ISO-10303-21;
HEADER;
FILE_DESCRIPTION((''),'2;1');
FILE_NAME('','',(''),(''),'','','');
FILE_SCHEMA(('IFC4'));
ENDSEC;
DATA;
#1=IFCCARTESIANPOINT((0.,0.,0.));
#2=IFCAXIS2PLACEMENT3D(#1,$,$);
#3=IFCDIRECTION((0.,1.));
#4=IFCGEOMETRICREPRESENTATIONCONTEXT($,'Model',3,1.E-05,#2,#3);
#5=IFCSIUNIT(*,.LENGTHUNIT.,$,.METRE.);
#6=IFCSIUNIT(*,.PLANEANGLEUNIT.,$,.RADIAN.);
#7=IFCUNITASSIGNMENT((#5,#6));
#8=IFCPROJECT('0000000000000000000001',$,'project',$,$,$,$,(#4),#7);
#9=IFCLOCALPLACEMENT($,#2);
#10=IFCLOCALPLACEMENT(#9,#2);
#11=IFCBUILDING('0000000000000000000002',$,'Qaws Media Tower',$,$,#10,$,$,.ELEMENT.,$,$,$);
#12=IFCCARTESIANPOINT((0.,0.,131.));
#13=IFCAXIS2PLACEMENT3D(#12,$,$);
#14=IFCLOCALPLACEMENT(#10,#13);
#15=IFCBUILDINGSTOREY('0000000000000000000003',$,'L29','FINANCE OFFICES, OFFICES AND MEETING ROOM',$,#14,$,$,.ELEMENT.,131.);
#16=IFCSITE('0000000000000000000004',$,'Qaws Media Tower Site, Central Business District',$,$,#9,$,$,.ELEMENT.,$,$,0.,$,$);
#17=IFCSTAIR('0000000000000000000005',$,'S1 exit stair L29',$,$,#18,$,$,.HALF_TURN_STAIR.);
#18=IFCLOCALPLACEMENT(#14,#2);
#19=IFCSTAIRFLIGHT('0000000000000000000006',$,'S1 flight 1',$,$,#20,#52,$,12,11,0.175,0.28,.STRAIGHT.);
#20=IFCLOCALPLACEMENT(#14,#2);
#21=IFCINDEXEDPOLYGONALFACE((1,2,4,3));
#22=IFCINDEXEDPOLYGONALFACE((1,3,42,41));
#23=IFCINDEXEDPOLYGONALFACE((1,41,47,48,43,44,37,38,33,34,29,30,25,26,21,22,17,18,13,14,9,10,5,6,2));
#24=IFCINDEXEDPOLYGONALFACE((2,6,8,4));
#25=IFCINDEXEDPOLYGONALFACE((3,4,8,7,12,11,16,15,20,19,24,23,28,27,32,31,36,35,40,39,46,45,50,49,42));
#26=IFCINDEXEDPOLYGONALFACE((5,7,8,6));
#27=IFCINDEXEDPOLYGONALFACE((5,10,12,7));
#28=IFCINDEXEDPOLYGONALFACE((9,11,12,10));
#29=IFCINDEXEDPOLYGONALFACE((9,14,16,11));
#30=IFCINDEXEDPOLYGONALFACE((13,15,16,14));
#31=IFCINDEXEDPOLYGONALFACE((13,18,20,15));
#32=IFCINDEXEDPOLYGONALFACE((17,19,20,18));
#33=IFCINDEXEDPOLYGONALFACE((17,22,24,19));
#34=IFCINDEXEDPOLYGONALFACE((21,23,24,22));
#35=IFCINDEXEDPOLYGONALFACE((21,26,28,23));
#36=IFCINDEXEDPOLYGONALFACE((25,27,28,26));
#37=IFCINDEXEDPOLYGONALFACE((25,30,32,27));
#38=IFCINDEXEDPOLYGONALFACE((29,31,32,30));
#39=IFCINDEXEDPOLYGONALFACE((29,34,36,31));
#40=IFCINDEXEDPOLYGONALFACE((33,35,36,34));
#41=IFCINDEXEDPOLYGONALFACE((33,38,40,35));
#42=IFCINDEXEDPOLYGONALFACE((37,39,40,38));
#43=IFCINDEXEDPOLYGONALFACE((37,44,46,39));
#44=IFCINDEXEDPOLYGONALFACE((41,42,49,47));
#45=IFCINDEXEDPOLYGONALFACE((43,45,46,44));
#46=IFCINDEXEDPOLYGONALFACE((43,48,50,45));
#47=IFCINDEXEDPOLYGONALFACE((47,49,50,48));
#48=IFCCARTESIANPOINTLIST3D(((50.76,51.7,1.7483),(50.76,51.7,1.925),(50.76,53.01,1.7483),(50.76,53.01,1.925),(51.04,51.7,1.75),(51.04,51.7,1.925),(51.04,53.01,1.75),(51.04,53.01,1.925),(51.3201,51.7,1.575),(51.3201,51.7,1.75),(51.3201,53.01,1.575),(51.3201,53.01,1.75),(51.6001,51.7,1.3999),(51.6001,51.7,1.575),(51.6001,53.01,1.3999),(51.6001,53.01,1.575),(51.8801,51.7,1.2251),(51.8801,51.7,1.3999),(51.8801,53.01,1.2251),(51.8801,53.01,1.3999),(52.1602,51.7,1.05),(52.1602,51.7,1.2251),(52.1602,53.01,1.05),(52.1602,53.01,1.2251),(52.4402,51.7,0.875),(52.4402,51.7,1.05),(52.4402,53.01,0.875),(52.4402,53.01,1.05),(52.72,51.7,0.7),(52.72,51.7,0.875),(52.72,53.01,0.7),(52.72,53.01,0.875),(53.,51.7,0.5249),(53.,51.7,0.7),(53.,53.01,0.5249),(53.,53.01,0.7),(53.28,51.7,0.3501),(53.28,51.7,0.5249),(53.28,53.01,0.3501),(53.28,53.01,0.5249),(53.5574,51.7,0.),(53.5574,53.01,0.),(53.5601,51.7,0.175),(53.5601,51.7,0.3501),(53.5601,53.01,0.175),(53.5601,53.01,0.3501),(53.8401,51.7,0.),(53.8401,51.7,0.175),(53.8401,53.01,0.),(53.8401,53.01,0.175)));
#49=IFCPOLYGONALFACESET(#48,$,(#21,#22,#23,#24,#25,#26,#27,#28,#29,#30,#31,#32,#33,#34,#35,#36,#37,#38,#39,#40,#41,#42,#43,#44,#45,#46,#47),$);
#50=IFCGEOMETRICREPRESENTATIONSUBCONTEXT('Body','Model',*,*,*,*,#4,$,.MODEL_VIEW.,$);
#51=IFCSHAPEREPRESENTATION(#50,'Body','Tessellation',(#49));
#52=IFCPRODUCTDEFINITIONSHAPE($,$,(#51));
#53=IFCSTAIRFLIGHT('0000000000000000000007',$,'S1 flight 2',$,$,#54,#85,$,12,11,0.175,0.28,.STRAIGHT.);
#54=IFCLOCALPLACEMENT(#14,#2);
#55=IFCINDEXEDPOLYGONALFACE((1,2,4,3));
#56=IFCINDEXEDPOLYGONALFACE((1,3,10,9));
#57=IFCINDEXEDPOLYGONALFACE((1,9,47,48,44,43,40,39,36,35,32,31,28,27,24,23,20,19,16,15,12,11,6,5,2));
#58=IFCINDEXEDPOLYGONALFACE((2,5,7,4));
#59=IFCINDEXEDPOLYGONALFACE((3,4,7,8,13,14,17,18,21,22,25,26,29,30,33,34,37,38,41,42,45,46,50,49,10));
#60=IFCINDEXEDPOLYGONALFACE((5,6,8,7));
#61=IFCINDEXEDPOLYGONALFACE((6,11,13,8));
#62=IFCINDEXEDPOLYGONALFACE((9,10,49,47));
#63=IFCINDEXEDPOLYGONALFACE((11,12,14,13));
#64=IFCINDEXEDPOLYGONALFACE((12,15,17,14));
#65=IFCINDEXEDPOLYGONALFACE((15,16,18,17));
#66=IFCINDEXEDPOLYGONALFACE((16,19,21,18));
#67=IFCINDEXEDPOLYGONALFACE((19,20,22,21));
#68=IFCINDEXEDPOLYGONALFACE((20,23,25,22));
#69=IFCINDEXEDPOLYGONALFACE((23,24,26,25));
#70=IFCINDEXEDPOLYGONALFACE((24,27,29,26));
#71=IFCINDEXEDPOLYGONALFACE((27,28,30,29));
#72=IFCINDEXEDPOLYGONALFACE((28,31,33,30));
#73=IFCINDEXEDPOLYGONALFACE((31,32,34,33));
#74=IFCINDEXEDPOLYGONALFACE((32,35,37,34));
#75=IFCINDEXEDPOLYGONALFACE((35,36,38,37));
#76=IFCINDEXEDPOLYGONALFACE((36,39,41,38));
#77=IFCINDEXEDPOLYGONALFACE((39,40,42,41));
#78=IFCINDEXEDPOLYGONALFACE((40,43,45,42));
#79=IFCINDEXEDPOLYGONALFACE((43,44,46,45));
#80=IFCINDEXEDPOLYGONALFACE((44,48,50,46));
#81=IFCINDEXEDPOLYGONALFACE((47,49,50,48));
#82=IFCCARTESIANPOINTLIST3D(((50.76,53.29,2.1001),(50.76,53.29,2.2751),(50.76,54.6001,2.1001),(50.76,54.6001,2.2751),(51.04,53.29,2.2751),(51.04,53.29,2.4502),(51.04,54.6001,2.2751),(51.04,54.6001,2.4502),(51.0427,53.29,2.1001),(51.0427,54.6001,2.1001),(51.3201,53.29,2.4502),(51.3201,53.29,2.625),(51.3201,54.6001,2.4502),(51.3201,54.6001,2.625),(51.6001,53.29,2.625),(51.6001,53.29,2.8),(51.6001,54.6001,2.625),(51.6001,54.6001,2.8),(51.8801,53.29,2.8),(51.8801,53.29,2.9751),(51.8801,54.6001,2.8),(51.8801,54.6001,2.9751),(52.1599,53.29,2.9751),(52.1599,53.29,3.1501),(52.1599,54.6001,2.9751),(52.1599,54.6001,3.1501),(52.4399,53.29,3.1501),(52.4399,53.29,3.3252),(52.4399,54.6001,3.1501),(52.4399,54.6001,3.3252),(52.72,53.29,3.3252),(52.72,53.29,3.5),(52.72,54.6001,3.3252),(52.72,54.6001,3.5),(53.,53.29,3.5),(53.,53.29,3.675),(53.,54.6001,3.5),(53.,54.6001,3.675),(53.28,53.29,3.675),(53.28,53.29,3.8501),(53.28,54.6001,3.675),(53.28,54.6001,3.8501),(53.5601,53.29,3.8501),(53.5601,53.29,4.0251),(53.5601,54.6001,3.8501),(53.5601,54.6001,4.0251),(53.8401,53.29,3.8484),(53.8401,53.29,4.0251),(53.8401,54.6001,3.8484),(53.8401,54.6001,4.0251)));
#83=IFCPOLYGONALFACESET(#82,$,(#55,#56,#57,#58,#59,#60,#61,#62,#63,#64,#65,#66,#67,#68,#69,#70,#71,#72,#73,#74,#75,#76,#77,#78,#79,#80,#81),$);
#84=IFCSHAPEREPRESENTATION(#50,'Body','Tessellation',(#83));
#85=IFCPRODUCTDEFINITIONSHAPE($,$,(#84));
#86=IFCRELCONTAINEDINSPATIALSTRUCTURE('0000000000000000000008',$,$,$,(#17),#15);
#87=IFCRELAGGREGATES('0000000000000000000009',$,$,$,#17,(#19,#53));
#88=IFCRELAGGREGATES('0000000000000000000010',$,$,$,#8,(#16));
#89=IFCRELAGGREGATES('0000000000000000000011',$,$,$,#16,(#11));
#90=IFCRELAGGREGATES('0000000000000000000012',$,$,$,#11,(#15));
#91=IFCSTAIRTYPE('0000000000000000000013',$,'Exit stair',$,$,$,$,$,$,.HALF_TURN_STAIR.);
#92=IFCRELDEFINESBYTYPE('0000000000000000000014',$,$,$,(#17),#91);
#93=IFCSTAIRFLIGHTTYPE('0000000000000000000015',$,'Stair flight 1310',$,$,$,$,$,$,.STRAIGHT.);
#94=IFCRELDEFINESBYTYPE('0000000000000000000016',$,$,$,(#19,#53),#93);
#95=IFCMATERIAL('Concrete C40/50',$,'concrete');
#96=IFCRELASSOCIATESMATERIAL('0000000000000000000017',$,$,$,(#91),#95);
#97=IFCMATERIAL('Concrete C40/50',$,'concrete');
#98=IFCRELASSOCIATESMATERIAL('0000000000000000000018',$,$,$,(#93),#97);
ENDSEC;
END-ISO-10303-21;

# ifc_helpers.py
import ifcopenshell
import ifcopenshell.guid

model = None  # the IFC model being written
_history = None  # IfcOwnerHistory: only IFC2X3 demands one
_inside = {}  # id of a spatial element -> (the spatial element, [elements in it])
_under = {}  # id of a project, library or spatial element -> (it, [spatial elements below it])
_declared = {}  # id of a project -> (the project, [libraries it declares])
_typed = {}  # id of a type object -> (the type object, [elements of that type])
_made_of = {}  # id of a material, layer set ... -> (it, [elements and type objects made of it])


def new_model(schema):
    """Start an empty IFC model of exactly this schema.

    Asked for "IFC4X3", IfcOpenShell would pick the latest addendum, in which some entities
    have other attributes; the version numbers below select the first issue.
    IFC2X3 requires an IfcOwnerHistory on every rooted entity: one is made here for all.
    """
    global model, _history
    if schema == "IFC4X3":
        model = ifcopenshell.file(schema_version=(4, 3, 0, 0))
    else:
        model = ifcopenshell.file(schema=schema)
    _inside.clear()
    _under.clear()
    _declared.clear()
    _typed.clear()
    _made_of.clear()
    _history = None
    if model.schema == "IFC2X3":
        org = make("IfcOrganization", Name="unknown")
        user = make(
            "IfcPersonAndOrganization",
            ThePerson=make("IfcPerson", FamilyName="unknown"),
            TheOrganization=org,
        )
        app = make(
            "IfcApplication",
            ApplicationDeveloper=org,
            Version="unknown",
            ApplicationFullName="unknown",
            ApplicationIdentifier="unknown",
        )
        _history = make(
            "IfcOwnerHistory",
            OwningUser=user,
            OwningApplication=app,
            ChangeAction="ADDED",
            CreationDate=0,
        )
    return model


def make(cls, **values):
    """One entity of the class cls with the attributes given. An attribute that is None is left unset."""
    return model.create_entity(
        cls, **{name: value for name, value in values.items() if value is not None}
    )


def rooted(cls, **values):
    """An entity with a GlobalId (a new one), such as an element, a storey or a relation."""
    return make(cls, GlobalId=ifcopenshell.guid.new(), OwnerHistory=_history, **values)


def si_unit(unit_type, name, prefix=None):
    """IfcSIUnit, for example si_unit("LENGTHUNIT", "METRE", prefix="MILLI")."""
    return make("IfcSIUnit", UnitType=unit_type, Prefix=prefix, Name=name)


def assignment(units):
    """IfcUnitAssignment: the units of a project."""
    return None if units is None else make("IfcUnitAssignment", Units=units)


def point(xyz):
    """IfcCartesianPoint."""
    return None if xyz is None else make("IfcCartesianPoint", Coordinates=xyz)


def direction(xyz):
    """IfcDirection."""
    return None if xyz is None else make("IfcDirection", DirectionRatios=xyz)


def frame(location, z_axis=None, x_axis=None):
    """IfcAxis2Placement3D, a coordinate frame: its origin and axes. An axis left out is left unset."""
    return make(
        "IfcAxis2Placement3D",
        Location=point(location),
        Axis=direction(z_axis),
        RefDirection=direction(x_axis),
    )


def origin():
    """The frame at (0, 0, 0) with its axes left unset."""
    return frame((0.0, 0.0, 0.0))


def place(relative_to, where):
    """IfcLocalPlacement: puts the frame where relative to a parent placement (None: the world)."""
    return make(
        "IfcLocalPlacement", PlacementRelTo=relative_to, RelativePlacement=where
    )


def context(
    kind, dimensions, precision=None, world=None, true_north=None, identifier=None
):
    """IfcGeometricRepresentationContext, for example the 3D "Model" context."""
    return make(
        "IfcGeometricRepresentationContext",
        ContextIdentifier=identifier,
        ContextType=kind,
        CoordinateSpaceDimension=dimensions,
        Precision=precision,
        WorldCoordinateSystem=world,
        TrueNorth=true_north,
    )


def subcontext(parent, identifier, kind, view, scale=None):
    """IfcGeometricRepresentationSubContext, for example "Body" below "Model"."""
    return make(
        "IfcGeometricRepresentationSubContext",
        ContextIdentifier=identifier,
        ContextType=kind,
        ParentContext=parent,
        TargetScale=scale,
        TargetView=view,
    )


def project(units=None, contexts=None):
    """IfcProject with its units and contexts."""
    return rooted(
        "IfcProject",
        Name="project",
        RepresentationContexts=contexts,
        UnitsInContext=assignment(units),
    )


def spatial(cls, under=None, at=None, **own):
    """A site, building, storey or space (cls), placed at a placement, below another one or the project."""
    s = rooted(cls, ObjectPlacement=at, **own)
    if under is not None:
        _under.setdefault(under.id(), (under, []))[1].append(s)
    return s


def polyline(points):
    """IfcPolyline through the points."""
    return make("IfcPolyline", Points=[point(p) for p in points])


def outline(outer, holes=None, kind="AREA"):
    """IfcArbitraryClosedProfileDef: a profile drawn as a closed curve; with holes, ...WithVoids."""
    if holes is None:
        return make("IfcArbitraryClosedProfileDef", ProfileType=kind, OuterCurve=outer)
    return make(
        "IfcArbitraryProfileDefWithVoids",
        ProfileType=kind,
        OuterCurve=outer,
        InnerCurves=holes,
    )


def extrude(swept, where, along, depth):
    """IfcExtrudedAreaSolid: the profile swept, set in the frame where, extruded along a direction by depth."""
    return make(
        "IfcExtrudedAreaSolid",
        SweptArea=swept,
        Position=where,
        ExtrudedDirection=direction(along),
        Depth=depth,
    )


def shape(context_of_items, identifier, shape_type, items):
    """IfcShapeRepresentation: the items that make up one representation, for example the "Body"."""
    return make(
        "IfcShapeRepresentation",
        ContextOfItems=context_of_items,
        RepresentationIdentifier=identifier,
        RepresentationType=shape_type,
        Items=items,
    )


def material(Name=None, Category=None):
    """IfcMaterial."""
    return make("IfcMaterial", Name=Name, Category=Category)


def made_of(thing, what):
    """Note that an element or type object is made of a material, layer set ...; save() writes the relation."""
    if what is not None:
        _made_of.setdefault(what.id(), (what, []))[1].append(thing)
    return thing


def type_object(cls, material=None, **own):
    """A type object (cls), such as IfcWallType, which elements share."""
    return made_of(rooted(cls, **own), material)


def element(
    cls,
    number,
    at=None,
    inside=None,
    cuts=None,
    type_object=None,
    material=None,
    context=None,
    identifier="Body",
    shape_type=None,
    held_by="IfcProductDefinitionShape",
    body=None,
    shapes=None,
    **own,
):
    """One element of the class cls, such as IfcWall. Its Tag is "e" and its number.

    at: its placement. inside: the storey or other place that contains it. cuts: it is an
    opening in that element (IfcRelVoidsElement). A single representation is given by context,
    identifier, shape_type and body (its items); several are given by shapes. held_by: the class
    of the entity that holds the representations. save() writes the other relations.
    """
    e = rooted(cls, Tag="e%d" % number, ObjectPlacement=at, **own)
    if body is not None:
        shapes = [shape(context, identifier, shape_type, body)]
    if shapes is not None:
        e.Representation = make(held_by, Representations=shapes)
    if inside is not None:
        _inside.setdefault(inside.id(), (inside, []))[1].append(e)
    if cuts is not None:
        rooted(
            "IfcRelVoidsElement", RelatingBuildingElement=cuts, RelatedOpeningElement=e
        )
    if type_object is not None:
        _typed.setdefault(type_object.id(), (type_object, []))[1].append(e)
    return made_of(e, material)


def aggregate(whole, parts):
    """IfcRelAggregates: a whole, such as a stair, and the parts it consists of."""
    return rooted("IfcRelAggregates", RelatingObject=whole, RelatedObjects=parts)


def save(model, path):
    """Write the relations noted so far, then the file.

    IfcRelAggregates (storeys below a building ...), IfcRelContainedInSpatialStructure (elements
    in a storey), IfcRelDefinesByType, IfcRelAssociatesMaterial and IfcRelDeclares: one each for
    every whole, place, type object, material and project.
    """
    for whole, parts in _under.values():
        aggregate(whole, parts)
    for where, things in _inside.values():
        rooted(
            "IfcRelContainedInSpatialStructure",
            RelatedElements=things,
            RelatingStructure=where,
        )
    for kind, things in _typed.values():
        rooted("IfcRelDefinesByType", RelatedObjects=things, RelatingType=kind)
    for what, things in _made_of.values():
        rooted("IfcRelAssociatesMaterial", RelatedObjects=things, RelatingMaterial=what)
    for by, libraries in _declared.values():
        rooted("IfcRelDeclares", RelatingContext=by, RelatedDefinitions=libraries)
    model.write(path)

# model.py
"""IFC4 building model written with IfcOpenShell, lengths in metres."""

from ifc_helpers import new_model, si_unit, direction, frame, origin, place, context, subcontext, project, spatial, polyline, outline, extrude, material, type_object, element, aggregate, save


model = new_model("IFC4")

# Units and contexts
model_context = context("Model", 3, precision=1e-05, world=origin(), true_north=direction((0.0, 1.0)))
body_context = subcontext(model_context, "Body", "Model", "MODEL_VIEW")
ifc_project = project(units=[si_unit("LENGTHUNIT", "METRE"), si_unit("PLANEANGLEUNIT", "RADIAN")], contexts=[model_context])

# Site, building, storey
site_placement = place(None, origin())
site = spatial("IfcSite", under=ifc_project, at=site_placement, Name="Qaws Media Tower Site, Central Business District", CompositionType="ELEMENT", RefElevation=0.0)
building_placement = place(site_placement, origin())
building = spatial("IfcBuilding", under=site, at=building_placement, Name="Qaws Media Tower", CompositionType="ELEMENT")
storey_placement = place(building_placement, frame((0.0, 0.0, 131.0)))
storey = spatial("IfcBuildingStorey", under=building, at=storey_placement, Name="L29", Description="FINANCE OFFICES, OFFICES AND MEETING ROOM", CompositionType="ELEMENT", Elevation=131.0)

# Stair, stair flights
ifc_material_1 = material(Name="Concrete C40/50", Category="concrete")
stair_type = type_object("IfcStairType", Name="Exit stair", PredefinedType="HALF_TURN_STAIR", material=ifc_material_1)
stair_placement = place(storey_placement, origin())
stair = element("IfcStair", 1, at=stair_placement, inside=storey, type_object=stair_type, Name="S1 exit stair L29", PredefinedType="HALF_TURN_STAIR")
ifc_material_2 = material(Name="Concrete C40/50", Category="concrete")
stair_flight_type = type_object("IfcStairFlightType", Name="Stair flight 1310", PredefinedType="STRAIGHT", material=ifc_material_2)
stair_flight_1_placement = place(storey_placement, frame((53.8401, 52.355, 0.0), z_axis=(0.0, 0.0, 1.0), x_axis=(-1.0, 0.0, 0.0)))
stair_flight_1 = element("IfcStairFlight", 2, at=stair_flight_1_placement, type_object=stair_flight_type, Name="S1 flight 1", NumberOfRisers=12, NumberOfTreads=11, PredefinedType="STRAIGHT", RiserHeight=0.175, TreadLength=0.28, context=body_context, shape_type="SweptSolid", body=[
    extrude(outline(polyline([(0.0, 0.0), (0.0, 0.175), (0.28, 0.175), (0.28, 0.3501), (0.5601, 0.3501), (0.5601, 0.5249), (0.8401, 0.5249), (0.8401, 0.7), (1.1201, 0.7), (1.1201, 0.875), (1.3999, 0.875), (1.3999, 1.05), (1.6799, 1.05), (1.6799, 1.2251), (1.96, 1.2251), (1.96, 1.3999), (2.24, 1.3999), (2.24, 1.575), (2.52, 1.575), (2.52, 1.75), (2.8, 1.75), (2.8, 1.925), (3.0801, 1.925), (3.0801, 2.1001), (3.0801, 1.7483), (0.2827, 0.0), (0.0, 0.0)])), frame((0.0, 0.655, 0.0), z_axis=(0.0, -1.0, 0.0), x_axis=(1.0, 0.0, 0.0)), (0.0, 0.0, 1.0), 1.3101),
])
stair_flight_2_placement = place(storey_placement, frame((50.76, 53.9451, 2.1001), z_axis=(0.0, 0.0, 1.0), x_axis=(1.0, 0.0, 0.0)))
stair_flight_2 = element("IfcStairFlight", 3, at=stair_flight_2_placement, type_object=stair_flight_type, Name="S1 flight 2", NumberOfRisers=12, NumberOfTreads=11, PredefinedType="STRAIGHT", RiserHeight=0.175, TreadLength=0.28, context=body_context, shape_type="SweptSolid", body=[
    extrude(outline(polyline([(0.0, 0.0), (0.0, 0.175), (0.28, 0.175), (0.28, 0.3501), (0.5601, 0.3501), (0.5601, 0.5249), (0.8401, 0.5249), (0.8401, 0.7), (1.1201, 0.7), (1.1201, 0.875), (1.3999, 0.875), (1.3999, 1.05), (1.6799, 1.05), (1.6799, 1.2251), (1.96, 1.2251), (1.96, 1.3999), (2.24, 1.3999), (2.24, 1.575), (2.52, 1.575), (2.52, 1.75), (2.8, 1.75), (2.8, 1.925), (3.0801, 1.925), (3.0801, 2.1001), (3.0801, 1.7483), (0.2827, 0.0), (0.0, 0.0)])), frame((0.0, 0.655, 0.0), z_axis=(0.0, -1.0, 0.0), x_axis=(1.0, 0.0, 0.0)), (0.0, 0.0, 1.0), 1.3101),
])
aggregate(stair, [stair_flight_1, stair_flight_2])

save(model, "model.ifc")
